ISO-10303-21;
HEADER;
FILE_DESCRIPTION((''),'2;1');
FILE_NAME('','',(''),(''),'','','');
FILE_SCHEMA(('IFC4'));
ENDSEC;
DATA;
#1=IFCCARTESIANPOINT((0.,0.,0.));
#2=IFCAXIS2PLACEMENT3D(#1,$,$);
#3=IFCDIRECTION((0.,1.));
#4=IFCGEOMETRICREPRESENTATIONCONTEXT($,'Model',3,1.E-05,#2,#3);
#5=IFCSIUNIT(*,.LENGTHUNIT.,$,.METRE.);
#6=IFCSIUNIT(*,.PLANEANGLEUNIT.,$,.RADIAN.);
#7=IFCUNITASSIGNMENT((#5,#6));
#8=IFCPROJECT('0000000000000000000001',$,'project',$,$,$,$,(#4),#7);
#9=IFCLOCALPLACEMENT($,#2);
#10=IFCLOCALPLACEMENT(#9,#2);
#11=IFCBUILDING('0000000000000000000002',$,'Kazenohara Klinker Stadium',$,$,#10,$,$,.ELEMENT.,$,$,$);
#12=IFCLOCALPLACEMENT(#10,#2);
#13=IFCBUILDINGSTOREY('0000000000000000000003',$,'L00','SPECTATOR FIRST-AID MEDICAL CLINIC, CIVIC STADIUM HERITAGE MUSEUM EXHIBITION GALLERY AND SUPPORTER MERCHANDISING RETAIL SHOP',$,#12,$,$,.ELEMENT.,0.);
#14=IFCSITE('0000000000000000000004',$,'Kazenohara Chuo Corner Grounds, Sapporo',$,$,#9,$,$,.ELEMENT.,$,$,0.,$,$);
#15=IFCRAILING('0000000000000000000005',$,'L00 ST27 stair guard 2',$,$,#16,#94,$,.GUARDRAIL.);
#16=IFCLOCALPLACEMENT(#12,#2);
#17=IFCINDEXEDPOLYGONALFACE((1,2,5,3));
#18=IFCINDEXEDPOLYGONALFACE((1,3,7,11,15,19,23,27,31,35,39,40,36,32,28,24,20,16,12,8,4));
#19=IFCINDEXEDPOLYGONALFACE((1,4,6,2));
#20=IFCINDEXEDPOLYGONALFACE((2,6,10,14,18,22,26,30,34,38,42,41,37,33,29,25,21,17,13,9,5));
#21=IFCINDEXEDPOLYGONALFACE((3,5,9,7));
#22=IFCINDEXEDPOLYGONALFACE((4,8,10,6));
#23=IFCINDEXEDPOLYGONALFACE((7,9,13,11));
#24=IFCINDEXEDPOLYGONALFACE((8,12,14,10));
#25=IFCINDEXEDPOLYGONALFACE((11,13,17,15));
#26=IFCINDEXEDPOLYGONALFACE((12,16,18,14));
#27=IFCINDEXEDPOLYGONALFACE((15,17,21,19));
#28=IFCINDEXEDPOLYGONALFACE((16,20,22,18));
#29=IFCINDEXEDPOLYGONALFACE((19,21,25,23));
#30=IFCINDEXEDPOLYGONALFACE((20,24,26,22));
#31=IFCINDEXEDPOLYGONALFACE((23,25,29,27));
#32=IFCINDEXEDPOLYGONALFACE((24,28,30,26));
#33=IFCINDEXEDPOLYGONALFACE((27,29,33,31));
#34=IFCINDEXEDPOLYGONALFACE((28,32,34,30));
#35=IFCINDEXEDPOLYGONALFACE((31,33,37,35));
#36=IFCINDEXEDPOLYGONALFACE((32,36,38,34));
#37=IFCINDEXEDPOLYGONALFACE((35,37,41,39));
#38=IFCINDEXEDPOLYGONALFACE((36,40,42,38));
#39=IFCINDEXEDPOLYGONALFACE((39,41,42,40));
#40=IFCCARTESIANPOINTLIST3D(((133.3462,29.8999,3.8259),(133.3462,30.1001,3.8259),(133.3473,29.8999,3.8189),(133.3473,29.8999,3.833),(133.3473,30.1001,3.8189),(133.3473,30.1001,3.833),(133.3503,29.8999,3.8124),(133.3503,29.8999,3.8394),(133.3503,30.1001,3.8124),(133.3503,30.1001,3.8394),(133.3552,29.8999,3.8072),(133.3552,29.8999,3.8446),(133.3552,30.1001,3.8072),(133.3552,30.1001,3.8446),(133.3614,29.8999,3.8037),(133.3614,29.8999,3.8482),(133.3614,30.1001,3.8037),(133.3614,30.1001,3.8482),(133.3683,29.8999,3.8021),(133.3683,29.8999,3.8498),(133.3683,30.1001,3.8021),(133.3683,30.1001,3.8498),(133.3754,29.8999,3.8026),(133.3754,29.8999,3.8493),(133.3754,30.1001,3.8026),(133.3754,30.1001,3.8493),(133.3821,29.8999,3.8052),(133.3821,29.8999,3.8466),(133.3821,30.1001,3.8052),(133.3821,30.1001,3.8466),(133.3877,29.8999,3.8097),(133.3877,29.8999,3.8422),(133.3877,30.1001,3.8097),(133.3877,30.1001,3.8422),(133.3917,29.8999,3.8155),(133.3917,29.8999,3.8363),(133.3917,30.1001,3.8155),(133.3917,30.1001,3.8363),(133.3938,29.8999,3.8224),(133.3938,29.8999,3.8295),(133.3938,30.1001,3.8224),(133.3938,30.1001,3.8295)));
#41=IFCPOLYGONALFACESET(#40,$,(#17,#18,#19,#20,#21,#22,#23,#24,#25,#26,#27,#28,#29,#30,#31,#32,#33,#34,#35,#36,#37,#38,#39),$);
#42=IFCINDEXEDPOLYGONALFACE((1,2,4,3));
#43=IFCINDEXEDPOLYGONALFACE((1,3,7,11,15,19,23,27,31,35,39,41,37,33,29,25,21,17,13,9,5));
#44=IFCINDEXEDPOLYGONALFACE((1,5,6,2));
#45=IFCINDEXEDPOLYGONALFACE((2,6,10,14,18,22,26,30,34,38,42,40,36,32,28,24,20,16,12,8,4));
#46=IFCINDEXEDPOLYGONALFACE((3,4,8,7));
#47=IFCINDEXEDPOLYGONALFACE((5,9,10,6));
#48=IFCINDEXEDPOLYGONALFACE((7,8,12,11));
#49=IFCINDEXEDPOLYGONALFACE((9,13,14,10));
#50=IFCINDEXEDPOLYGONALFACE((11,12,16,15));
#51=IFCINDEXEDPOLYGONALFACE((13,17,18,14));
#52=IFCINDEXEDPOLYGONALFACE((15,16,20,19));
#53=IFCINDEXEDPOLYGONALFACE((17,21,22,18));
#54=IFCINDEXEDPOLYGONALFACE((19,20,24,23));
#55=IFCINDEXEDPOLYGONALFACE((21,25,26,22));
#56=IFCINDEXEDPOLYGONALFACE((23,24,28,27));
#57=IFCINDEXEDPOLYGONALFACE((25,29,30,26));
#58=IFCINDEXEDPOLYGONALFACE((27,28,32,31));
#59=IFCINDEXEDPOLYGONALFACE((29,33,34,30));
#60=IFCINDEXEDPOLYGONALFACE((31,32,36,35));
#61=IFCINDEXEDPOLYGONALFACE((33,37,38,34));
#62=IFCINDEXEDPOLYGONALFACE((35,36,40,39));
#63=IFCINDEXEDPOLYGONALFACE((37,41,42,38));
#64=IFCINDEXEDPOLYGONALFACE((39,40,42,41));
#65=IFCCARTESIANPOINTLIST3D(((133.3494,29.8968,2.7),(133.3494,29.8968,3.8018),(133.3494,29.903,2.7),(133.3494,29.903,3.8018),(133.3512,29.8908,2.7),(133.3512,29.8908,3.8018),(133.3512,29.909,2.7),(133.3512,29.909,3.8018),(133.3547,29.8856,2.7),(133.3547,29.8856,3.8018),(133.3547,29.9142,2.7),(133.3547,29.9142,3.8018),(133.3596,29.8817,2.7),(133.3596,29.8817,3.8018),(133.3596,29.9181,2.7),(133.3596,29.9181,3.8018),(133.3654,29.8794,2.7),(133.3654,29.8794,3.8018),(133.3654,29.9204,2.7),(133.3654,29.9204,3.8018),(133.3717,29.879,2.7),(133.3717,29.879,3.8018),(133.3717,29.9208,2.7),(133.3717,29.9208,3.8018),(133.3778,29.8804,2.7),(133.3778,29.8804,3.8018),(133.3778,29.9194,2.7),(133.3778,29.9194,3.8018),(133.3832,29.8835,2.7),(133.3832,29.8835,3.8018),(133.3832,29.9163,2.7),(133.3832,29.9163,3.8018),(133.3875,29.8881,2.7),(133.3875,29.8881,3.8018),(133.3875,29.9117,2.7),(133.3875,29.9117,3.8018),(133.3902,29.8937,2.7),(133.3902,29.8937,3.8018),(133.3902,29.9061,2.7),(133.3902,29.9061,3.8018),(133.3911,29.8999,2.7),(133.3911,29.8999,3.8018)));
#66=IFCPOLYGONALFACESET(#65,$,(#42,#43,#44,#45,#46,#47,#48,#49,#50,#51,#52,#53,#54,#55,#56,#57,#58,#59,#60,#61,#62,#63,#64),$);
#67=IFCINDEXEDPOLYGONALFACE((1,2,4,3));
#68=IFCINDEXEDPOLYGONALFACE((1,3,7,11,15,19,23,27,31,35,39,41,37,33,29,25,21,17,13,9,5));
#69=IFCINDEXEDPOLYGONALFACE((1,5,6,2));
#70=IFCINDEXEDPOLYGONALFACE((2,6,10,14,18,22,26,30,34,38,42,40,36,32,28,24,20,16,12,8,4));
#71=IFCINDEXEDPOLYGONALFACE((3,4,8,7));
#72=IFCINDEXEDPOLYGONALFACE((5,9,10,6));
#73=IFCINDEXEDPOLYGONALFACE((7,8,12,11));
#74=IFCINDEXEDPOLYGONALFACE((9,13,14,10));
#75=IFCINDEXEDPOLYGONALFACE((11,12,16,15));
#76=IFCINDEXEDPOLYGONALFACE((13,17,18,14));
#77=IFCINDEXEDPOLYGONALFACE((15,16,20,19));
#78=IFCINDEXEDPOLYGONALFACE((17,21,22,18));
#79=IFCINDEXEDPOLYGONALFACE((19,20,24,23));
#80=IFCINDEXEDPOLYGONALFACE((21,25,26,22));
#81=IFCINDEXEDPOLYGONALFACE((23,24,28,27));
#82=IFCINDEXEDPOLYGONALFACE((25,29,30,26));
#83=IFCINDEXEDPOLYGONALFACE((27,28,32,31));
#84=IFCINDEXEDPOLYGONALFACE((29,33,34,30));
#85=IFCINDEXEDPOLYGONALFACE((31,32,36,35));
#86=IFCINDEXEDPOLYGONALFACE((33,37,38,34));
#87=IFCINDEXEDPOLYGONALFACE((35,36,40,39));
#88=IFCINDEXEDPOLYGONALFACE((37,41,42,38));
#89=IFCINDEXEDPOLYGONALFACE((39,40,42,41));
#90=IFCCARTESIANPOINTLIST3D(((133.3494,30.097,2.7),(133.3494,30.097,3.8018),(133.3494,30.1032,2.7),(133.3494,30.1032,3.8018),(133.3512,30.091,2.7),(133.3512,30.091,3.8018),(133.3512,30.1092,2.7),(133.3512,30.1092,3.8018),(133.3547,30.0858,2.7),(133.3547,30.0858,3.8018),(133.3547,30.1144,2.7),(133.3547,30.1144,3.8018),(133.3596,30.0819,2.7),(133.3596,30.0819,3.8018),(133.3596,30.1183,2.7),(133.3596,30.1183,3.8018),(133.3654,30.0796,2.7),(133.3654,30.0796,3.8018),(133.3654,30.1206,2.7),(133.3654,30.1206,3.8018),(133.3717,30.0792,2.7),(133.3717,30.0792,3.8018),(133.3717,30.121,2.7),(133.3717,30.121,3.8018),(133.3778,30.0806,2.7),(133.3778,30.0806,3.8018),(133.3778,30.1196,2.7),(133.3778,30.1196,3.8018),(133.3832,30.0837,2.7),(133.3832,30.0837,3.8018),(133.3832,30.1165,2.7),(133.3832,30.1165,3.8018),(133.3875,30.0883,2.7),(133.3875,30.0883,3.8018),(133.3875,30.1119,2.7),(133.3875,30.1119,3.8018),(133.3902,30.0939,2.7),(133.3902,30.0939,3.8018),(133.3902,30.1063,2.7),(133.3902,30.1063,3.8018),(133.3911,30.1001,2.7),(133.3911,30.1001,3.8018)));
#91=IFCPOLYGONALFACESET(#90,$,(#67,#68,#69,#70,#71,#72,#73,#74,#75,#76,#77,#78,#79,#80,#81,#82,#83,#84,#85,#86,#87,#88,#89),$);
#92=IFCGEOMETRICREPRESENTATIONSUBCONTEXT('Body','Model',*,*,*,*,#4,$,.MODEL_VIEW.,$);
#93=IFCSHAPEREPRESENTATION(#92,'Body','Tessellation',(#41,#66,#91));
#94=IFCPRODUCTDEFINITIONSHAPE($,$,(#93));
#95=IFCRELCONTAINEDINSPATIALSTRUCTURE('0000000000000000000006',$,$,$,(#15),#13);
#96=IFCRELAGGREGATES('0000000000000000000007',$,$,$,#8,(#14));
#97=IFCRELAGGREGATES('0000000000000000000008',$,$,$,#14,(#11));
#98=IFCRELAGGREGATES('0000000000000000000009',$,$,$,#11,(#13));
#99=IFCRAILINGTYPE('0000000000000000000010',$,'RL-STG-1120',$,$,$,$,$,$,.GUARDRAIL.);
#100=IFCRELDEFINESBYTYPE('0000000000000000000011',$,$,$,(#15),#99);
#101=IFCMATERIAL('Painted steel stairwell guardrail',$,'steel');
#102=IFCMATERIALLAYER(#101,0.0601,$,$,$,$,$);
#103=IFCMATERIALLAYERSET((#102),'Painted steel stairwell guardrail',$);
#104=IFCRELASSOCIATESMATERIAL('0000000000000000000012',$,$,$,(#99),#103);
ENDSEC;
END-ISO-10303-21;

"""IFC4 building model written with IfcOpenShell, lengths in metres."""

from ifc_helpers import new_model, si_unit, direction, frame, origin, origin_2d, place, context, subcontext, project, spatial, circle, extrude, material, layer, layer_set, type_object, element, save


model = new_model("IFC4")

# Units and contexts
model_context = context("Model", 3, precision=1e-05, world=origin(), true_north=direction((0.0, 1.0)))
body_context = subcontext(model_context, "Body", "Model", "MODEL_VIEW")
ifc_project = project(units=[si_unit("LENGTHUNIT", "METRE"), si_unit("PLANEANGLEUNIT", "RADIAN")], contexts=[model_context])

# Site, building, storey
site_placement = place(None, origin())
site = spatial("IfcSite", under=ifc_project, at=site_placement, Name="Kazenohara Chuo Corner Grounds, Sapporo", CompositionType="ELEMENT", RefElevation=0.0)
building_placement = place(site_placement, origin())
building = spatial("IfcBuilding", under=site, at=building_placement, Name="Kazenohara Klinker Stadium", CompositionType="ELEMENT")
storey_placement = place(building_placement, origin())
storey = spatial("IfcBuildingStorey", under=building, at=storey_placement, Name="L00", Description="SPECTATOR FIRST-AID MEDICAL CLINIC, CIVIC STADIUM HERITAGE MUSEUM EXHIBITION GALLERY AND SUPPORTER MERCHANDISING RETAIL SHOP", CompositionType="ELEMENT", Elevation=0.0)

# Railing
ifc_material_1 = material(Name="Painted steel stairwell guardrail", Category="steel")
ifc_layer_1 = layer(ifc_material_1, 0.0601)
ifc_layer_set_1 = layer_set([ifc_layer_1], Name="Painted steel stairwell guardrail")
railing_type_1 = type_object("IfcRailingType", Name="RL-STG-1120", PredefinedType="GUARDRAIL", material=ifc_layer_set_1)
railing_1_placement = place(storey_placement, frame((133.3701, 29.8999, 2.7)))
element("IfcRailing", 1, at=railing_1_placement, inside=storey, type_object=railing_type_1, Name="L00 ST27 stair guard 2", PredefinedType="GUARDRAIL", context=body_context, shape_type="SweptSolid", body=[
    extrude(circle(Radius=0.0239, at=origin_2d()), frame((0.0, 0.0, 1.126), z_axis=(0.0, 1.0, 0.0), x_axis=(-1.0, 0.0, 0.0)), (0.0, 0.0, 1.0), 0.2002),
    extrude(circle(Radius=0.021, at=origin_2d()), origin(), (0.0, 0.0, 1.0), 1.1018),
    extrude(circle(Radius=0.021, at=origin_2d()), frame((0.0, 0.2002, 0.0)), (0.0, 0.0, 1.0), 1.1018),
])

save(model, "model.ifc")
